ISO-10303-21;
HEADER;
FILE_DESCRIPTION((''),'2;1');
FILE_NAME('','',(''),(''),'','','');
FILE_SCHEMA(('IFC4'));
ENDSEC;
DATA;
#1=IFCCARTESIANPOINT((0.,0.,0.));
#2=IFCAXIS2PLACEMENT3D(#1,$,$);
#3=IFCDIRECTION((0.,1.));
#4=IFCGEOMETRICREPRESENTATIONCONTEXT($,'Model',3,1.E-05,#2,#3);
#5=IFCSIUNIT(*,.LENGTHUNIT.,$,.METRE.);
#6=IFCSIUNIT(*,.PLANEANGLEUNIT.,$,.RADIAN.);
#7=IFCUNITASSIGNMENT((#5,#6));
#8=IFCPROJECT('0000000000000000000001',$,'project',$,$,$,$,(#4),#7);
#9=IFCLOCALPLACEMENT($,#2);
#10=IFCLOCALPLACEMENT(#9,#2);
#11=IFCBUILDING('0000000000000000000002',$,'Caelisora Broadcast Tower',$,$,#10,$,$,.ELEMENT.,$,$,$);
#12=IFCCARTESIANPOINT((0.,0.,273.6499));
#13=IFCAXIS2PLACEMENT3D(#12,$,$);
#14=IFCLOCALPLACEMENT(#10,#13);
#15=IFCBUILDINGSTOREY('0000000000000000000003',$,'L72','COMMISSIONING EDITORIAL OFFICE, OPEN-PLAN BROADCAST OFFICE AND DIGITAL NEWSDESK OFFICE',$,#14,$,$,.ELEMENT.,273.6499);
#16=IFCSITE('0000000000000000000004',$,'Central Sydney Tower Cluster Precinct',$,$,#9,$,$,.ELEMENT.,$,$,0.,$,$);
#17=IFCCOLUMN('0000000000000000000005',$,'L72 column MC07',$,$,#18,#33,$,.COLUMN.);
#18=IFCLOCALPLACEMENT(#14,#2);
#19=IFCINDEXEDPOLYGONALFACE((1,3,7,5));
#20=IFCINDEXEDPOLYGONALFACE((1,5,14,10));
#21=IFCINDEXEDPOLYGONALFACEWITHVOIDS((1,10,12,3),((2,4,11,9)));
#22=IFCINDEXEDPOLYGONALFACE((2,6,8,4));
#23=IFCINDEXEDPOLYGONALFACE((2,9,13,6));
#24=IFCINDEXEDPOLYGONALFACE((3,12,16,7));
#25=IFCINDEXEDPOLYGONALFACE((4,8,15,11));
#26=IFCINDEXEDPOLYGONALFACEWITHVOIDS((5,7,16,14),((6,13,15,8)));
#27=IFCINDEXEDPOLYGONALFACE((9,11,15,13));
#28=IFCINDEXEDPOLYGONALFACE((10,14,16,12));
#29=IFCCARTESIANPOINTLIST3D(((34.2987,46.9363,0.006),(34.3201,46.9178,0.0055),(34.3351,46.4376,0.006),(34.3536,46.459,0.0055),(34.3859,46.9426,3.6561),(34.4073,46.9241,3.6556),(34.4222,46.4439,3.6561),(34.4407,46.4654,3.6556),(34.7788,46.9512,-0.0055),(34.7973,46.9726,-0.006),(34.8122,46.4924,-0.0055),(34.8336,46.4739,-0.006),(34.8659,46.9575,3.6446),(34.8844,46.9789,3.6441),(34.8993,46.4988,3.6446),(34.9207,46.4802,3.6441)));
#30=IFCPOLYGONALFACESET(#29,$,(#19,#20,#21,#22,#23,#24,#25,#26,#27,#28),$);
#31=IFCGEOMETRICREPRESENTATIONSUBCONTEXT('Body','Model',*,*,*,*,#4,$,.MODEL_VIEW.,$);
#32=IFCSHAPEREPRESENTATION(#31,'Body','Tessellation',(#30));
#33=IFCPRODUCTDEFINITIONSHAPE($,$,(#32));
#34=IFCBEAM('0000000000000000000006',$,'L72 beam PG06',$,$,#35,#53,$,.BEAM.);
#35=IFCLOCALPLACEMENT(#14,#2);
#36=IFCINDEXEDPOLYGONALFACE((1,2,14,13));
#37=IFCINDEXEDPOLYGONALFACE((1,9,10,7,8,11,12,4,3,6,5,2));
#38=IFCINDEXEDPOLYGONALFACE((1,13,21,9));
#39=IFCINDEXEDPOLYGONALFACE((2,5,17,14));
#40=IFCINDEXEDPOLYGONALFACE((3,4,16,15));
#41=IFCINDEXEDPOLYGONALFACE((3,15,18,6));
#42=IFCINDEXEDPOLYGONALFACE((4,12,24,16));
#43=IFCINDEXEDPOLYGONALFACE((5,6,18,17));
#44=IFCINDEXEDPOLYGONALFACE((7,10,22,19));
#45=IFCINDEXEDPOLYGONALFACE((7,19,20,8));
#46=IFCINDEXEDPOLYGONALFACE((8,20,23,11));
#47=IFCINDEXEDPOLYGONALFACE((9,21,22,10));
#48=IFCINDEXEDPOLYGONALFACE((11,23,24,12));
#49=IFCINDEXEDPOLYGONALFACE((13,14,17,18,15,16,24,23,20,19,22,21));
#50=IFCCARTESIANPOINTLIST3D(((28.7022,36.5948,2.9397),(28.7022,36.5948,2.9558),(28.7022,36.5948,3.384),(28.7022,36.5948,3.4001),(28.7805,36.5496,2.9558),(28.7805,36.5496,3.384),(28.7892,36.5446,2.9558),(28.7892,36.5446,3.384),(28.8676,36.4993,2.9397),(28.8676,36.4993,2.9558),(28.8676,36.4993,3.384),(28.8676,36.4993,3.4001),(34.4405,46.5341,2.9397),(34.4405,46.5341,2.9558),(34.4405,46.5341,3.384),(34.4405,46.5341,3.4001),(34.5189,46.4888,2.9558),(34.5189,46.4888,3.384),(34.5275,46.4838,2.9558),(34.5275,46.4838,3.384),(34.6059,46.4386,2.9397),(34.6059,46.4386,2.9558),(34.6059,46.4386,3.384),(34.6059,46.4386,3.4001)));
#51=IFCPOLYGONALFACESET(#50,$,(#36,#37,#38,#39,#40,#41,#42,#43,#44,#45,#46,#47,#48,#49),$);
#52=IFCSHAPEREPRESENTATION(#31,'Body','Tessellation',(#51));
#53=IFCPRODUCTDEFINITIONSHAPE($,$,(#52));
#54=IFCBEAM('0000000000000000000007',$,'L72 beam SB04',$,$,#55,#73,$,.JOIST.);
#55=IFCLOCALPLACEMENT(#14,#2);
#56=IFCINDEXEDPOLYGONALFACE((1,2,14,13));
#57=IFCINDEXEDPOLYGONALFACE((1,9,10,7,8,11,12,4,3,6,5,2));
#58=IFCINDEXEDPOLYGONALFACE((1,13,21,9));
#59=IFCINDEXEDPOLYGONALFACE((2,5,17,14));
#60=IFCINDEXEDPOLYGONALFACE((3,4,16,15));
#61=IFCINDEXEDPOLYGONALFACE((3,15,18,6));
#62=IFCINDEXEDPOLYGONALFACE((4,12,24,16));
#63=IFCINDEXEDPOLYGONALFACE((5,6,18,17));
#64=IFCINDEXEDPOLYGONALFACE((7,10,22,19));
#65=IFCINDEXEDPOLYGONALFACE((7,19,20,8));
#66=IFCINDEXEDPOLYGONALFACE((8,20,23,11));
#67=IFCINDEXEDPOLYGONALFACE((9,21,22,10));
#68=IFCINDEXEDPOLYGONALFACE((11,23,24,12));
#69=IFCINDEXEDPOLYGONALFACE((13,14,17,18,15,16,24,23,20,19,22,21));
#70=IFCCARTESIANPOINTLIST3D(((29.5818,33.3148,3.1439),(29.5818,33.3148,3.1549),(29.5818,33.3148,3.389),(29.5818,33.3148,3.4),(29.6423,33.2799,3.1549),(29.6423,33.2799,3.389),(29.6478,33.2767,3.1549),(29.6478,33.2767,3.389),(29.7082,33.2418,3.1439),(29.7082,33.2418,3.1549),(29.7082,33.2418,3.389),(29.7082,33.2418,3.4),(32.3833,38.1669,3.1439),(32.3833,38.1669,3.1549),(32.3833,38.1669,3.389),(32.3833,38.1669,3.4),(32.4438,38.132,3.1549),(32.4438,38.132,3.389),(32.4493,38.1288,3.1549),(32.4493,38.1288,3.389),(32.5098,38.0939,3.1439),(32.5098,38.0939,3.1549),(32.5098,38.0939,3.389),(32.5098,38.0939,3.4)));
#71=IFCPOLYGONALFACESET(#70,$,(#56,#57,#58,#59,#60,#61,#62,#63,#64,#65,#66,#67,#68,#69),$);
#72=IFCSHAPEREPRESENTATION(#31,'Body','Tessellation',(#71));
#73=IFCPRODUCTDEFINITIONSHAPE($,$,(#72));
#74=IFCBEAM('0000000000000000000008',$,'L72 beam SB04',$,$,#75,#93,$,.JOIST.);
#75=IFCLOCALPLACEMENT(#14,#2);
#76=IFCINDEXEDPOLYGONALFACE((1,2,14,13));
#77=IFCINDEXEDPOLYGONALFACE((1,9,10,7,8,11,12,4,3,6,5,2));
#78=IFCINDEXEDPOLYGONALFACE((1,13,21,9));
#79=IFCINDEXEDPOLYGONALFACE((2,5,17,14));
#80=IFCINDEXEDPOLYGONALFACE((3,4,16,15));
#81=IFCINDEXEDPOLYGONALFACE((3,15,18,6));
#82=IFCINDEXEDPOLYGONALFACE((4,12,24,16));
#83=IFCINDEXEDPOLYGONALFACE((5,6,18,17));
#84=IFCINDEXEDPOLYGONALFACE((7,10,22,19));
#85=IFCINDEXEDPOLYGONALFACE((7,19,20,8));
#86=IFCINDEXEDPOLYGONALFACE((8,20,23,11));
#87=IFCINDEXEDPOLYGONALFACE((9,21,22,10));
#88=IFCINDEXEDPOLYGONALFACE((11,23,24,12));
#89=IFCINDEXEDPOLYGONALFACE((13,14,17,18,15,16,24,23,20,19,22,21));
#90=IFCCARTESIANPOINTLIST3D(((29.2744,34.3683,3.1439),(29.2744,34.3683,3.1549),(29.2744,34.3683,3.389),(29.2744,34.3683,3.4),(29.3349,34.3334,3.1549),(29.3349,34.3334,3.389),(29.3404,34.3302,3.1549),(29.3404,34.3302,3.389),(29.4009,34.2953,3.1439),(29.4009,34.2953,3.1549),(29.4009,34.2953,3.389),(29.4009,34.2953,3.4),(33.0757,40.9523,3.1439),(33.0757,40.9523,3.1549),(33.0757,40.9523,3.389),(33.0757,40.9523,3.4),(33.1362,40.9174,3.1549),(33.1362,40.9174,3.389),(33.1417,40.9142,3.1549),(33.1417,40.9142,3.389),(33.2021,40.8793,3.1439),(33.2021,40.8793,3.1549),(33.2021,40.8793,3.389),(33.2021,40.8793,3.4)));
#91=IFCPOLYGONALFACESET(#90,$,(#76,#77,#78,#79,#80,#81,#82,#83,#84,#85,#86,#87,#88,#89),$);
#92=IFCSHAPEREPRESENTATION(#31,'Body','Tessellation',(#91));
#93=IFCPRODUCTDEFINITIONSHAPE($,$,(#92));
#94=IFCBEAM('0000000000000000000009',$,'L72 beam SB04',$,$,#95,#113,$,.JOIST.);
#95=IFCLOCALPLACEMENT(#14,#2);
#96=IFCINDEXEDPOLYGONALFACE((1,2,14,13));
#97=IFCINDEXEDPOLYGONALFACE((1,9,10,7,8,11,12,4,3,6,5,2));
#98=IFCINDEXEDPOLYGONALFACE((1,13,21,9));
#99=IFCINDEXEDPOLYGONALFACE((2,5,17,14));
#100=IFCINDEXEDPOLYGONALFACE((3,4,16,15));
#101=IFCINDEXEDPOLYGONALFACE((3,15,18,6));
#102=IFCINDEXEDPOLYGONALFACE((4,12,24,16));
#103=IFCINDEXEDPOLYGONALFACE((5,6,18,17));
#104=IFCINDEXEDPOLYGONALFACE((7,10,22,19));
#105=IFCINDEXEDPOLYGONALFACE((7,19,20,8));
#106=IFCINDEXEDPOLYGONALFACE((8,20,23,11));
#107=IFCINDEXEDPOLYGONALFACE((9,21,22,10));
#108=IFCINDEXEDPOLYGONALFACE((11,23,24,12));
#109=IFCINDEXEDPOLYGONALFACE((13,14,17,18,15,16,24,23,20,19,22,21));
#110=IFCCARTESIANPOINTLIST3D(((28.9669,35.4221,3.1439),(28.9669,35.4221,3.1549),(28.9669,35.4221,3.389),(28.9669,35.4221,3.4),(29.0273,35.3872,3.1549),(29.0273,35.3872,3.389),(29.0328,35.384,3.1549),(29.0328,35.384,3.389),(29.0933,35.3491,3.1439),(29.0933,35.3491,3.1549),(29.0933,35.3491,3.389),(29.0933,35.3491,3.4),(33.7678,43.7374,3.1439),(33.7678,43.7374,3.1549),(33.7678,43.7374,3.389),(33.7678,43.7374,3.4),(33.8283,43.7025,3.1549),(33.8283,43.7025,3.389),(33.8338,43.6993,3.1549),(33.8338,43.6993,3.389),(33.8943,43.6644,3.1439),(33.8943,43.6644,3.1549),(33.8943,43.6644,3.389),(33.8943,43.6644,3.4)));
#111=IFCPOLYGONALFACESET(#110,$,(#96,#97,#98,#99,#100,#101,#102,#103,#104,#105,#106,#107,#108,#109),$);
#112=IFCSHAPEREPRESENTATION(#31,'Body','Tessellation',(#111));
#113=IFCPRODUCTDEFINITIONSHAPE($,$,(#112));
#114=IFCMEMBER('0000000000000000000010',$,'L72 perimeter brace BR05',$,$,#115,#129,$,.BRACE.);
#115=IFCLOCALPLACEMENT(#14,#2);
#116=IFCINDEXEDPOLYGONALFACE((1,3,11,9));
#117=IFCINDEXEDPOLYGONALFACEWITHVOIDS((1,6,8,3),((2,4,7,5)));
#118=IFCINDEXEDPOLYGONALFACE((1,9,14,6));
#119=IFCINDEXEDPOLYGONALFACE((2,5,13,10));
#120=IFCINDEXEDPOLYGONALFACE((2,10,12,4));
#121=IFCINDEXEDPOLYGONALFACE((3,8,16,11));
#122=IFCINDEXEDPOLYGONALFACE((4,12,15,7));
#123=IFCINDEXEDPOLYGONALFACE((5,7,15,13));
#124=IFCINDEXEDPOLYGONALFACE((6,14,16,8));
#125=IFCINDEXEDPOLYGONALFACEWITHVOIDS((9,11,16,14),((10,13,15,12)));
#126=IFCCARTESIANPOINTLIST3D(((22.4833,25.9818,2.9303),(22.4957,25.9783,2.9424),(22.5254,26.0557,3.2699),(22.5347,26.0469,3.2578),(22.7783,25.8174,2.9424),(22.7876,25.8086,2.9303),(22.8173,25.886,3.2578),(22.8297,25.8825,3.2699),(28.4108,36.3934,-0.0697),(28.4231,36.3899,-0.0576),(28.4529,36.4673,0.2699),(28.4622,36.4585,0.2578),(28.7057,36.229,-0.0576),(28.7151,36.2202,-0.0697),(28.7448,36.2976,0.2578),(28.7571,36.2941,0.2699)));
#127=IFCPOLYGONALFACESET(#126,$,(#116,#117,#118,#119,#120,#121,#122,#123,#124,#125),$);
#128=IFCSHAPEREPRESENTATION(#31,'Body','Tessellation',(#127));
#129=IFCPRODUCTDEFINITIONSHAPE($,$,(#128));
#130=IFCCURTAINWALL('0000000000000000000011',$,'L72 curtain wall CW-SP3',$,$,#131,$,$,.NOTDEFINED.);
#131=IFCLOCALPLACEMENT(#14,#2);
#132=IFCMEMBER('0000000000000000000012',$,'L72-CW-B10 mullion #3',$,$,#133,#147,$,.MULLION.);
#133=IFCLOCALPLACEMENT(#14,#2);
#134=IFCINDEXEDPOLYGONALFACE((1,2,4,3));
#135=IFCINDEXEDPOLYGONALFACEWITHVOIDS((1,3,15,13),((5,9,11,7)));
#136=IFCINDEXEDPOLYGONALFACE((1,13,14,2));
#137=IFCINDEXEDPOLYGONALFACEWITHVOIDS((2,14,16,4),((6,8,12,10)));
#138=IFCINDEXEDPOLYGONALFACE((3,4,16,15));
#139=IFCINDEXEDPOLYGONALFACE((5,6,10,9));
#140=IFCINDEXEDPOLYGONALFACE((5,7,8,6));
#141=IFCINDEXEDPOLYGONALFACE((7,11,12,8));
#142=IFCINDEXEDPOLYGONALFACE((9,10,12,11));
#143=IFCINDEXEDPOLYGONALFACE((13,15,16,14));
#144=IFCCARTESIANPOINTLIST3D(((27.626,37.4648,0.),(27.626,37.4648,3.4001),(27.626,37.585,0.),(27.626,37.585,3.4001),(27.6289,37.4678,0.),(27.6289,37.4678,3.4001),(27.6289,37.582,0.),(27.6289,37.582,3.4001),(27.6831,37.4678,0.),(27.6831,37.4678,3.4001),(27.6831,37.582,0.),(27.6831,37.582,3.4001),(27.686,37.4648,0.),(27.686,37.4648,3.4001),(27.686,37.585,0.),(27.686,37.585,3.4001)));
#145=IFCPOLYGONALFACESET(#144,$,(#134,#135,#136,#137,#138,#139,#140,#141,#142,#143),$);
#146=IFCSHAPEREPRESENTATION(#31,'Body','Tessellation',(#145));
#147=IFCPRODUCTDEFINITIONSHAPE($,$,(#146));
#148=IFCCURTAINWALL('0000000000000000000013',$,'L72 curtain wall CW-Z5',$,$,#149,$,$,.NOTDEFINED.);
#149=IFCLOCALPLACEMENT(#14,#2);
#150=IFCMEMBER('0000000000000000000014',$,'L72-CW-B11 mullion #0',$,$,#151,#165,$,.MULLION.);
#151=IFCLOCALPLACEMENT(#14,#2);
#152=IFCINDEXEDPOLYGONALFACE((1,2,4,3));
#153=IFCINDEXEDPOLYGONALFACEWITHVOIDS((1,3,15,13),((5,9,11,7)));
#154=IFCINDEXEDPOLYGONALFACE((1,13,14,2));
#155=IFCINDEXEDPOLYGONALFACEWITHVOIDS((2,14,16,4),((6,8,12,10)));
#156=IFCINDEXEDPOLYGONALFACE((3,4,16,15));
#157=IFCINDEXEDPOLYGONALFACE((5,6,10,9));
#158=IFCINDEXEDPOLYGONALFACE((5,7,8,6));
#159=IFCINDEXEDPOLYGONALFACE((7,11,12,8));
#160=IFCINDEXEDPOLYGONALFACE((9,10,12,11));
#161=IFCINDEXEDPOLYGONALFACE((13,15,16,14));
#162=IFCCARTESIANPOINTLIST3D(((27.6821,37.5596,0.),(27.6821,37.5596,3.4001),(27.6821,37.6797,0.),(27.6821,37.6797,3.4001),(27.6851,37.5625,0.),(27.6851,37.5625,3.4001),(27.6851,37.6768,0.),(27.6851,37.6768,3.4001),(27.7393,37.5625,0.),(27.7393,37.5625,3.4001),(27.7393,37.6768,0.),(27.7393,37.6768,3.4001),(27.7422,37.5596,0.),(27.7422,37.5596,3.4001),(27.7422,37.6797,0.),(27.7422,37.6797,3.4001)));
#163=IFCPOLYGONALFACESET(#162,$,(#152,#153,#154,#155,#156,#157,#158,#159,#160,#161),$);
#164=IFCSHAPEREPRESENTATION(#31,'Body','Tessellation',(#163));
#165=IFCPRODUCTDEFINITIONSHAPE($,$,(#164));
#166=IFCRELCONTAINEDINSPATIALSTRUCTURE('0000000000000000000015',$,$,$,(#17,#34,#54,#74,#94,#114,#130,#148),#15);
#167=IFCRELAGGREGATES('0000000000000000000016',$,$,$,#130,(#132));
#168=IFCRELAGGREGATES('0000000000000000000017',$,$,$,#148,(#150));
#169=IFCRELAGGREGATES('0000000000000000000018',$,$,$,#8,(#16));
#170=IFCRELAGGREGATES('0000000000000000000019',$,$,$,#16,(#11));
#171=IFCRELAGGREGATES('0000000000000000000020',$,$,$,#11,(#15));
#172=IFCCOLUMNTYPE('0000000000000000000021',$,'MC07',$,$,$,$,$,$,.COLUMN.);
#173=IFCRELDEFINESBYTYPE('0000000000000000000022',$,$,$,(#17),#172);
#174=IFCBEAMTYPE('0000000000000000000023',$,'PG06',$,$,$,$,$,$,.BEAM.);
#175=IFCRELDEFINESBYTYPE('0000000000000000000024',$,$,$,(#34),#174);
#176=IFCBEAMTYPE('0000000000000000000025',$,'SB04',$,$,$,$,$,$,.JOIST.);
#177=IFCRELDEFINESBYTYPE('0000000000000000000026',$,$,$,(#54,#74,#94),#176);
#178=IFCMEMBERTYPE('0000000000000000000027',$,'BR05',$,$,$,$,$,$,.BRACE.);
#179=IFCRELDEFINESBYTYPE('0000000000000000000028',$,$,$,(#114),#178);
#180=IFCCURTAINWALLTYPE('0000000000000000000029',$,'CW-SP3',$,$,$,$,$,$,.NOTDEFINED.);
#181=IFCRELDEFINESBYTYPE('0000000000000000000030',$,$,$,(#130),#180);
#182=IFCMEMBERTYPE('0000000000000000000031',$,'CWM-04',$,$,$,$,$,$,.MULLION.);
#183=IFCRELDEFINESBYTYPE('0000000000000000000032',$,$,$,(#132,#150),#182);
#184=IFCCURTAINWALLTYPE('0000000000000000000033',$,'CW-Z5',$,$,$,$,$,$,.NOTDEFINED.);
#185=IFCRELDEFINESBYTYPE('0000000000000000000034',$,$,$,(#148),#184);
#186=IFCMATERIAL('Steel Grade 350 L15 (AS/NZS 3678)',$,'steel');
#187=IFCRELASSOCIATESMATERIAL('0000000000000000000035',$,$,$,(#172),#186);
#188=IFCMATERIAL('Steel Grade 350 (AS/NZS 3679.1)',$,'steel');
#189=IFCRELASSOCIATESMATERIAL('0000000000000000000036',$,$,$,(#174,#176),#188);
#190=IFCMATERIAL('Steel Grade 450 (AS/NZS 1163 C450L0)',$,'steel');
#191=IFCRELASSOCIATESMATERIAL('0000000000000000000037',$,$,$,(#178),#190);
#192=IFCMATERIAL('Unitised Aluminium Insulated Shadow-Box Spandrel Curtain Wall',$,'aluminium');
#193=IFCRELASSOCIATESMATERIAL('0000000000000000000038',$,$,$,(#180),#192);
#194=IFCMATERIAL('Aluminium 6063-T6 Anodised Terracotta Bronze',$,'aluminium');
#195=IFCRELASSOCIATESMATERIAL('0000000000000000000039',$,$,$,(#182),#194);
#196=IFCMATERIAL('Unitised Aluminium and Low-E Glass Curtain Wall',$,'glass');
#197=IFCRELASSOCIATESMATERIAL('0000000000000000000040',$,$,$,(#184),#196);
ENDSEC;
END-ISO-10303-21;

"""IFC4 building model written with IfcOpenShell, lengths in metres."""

from ifc_helpers import new_model, si_unit, direction, frame, origin, origin_2d, place, context, subcontext, project, spatial, hollow_rectangle, i_section, extrude, source, transform, mapped, material, material_profile, profile_set, type_object, type_shapes, element, aggregate, save


model = new_model("IFC4")

# Units and contexts
model_context = context("Model", 3, precision=1e-05, world=origin(), true_north=direction((0.0, 1.0)))
body_context = subcontext(model_context, "Body", "Model", "MODEL_VIEW")
ifc_project = project(units=[si_unit("LENGTHUNIT", "METRE"), si_unit("PLANEANGLEUNIT", "RADIAN")], contexts=[model_context])

# Site, building, storey
site_placement = place(None, origin())
site = spatial("IfcSite", under=ifc_project, at=site_placement, Name="Central Sydney Tower Cluster Precinct", CompositionType="ELEMENT", RefElevation=0.0)
building_placement = place(site_placement, origin())
building = spatial("IfcBuilding", under=site, at=building_placement, Name="Caelisora Broadcast Tower", CompositionType="ELEMENT")
storey_placement = place(building_placement, frame((0.0, 0.0, 273.6499)))
storey = spatial("IfcBuildingStorey", under=building, at=storey_placement, Name="L72", Description="COMMISSIONING EDITORIAL OFFICE, OPEN-PLAN BROADCAST OFFICE AND DIGITAL NEWSDESK OFFICE", CompositionType="ELEMENT", Elevation=273.6499)

# Column
ifc_material_1 = material(Name="Steel Grade 350 L15 (AS/NZS 3678)", Category="steel")
ifc_material_profile_1 = material_profile(ifc_material_1, hollow_rectangle(XDim=0.5, YDim=0.5, WallThickness=0.02, at=origin_2d()), Name="Steel Grade 350 L15 (AS/NZS 3678)")
ifc_profile_set_1 = profile_set([ifc_material_profile_1], Name="Steel Grade 350 L15 (AS/NZS 3678)")
column_type = type_object("IfcColumnType", Name="MC07", PredefinedType="COLUMN", material=ifc_profile_set_1)
shared_shape_1 = source(origin(), body_context, "Body", "SweptSolid", [
    extrude(hollow_rectangle(XDim=0.5, YDim=0.5, WallThickness=0.02, at=origin_2d()), origin(), (0.0, 0.0, 1.0), 3.6511),
])
type_shapes(column_type, [shared_shape_1])
column_placement = place(storey_placement, frame((34.5662, 46.7051, 0.0), z_axis=(0.023871, 0.001739, 0.999714), x_axis=(-0.072637, 0.997358, 0.0)))
element("IfcColumn", 1, at=column_placement, inside=storey, type_object=column_type, Name="L72 column MC07", PredefinedType="COLUMN", context=body_context, shape_type="MappedRepresentation", body=[
    mapped(shared_shape_1, transform((0.0, 0.0, 0.0), scale=1.0)),
])

# Beams
ifc_material_2 = material(Name="Steel Grade 350 (AS/NZS 3679.1)", Category="steel")
ifc_material_profile_2 = material_profile(ifc_material_2, i_section(OverallWidth=0.1909, OverallDepth=0.4604, WebThickness=0.01, FlangeThickness=0.0161, at=origin_2d()), Name="Steel Grade 350 (AS/NZS 3679.1)")
ifc_profile_set_2 = profile_set([ifc_material_profile_2], Name="Steel Grade 350 (AS/NZS 3679.1)")
beam_type_1 = type_object("IfcBeamType", Name="PG06", PredefinedType="BEAM", material=ifc_profile_set_2)
shared_shape_2 = source(origin(), body_context, "Body", "SweptSolid", [
    extrude(i_section(OverallWidth=0.1909, OverallDepth=0.4604, WebThickness=0.01, FlangeThickness=0.0161, at=origin_2d()), origin(), (0.0, 0.0, 1.0), 11.4768),
])
type_shapes(beam_type_1, [shared_shape_2])
beam_1_placement = place(storey_placement, frame((34.5232, 46.4863, 3.1699), z_axis=(-0.499992, -0.86603, 0.0), x_axis=(0.86603, -0.499992, 0.0)))
element("IfcBeam", 2, at=beam_1_placement, inside=storey, type_object=beam_type_1, Name="L72 beam PG06", PredefinedType="BEAM", context=body_context, shape_type="MappedRepresentation", body=[
    mapped(shared_shape_2, transform((0.0, 0.0, 0.0), scale=1.0)),
])
ifc_material_profile_3 = material_profile(ifc_material_2, i_section(OverallWidth=0.146, OverallDepth=0.2561, WebThickness=0.0063, FlangeThickness=0.011, at=origin_2d()), Name="Steel Grade 350 (AS/NZS 3679.1)")
ifc_profile_set_3 = profile_set([ifc_material_profile_3], Name="Steel Grade 350 (AS/NZS 3679.1)")
beam_type_2 = type_object("IfcBeamType", Name="SB04", PredefinedType="JOIST", material=ifc_profile_set_3)
shared_shape_3 = source(origin(), body_context, "Body", "SweptSolid", [
    extrude(i_section(OverallWidth=0.146, OverallDepth=0.2561, WebThickness=0.0063, FlangeThickness=0.011, at=origin_2d()), origin(), (0.0, 0.0, 1.0), 5.6028),
])
beam_2_placement = place(storey_placement, frame((32.4465, 38.1304, 3.272), z_axis=(-0.500024, -0.866011, 0.0), x_axis=(0.866011, -0.500024, 0.0)))
element("IfcBeam", 3, at=beam_2_placement, inside=storey, type_object=beam_type_2, Name="L72 beam SB04", PredefinedType="JOIST", context=body_context, shape_type="MappedRepresentation", body=[
    mapped(shared_shape_3, transform((0.0, 0.0, 0.0), scale=1.0)),
])
shared_shape_4 = source(origin(), body_context, "Body", "SweptSolid", [
    extrude(i_section(OverallWidth=0.146, OverallDepth=0.2561, WebThickness=0.0063, FlangeThickness=0.011, at=origin_2d()), origin(), (0.0, 0.0, 1.0), 7.6025),
])
beam_3_placement = place(storey_placement, frame((33.1389, 40.9158, 3.272), z_axis=(-0.5, -0.866025, 0.0), x_axis=(0.866025, -0.5, 0.0)))
element("IfcBeam", 4, at=beam_3_placement, inside=storey, type_object=beam_type_2, Name="L72 beam SB04", PredefinedType="JOIST", context=body_context, shape_type="MappedRepresentation", body=[
    mapped(shared_shape_4, transform((0.0, 0.0, 0.0), scale=1.0)),
])
shared_shape_5 = source(origin(), body_context, "Body", "SweptSolid", [
    extrude(i_section(OverallWidth=0.146, OverallDepth=0.2561, WebThickness=0.0063, FlangeThickness=0.011, at=origin_2d()), origin(), (0.0, 0.0, 1.0), 9.6018),
])
type_shapes(beam_type_2, [shared_shape_3, shared_shape_4, shared_shape_5])
beam_4_placement = place(storey_placement, frame((33.8311, 43.7009, 3.272), z_axis=(-0.500009, -0.86602, 0.0), x_axis=(0.86602, -0.500009, 0.0)))
element("IfcBeam", 5, at=beam_4_placement, inside=storey, type_object=beam_type_2, Name="L72 beam SB04", PredefinedType="JOIST", context=body_context, shape_type="MappedRepresentation", body=[
    mapped(shared_shape_5, transform((0.0, 0.0, 0.0), scale=1.0)),
])

# Member
ifc_material_3 = material(Name="Steel Grade 450 (AS/NZS 1163 C450L0)", Category="steel")
ifc_material_profile_4 = material_profile(ifc_material_3, hollow_rectangle(XDim=0.3501, YDim=0.3501, WallThickness=0.0125, at=origin_2d()), Name="Steel Grade 450 (AS/NZS 1163 C450L0)")
ifc_profile_set_4 = profile_set([ifc_material_profile_4], Name="Steel Grade 450 (AS/NZS 1163 C450L0)")
member_type_1 = type_object("IfcMemberType", Name="BR05", PredefinedType="BRACE", material=ifc_profile_set_4)
shared_shape_6 = source(origin(), body_context, "Body", "SweptSolid", [
    extrude(hollow_rectangle(XDim=0.3501, YDim=0.3501, WallThickness=0.0125, at=origin_2d()), origin(), (0.0, 0.0, 1.0), 12.3506),
])
type_shapes(member_type_1, [shared_shape_6])
member_1_placement = place(storey_placement, frame((28.584, 36.3438, 0.1001), z_axis=(-0.479936, -0.843006, 0.242903), x_axis=(0.869033, -0.494754, 0.0)))
element("IfcMember", 6, at=member_1_placement, inside=storey, type_object=member_type_1, Name="L72 perimeter brace BR05", PredefinedType="BRACE", context=body_context, shape_type="MappedRepresentation", body=[
    mapped(shared_shape_6, transform((0.0, 0.0, 0.0), scale=1.0)),
])

# Curtain wall, member
ifc_material_4 = material(Name="Unitised Aluminium Insulated Shadow-Box Spandrel Curtain Wall", Category="aluminium")
curtain_wall_type_1 = type_object("IfcCurtainWallType", Name="CW-SP3", PredefinedType="NOTDEFINED", material=ifc_material_4)
curtain_wall_1_placement = place(storey_placement, origin())
curtain_wall_1 = element("IfcCurtainWall", 7, at=curtain_wall_1_placement, inside=storey, type_object=curtain_wall_type_1, Name="L72 curtain wall CW-SP3", PredefinedType="NOTDEFINED")
ifc_material_5 = material(Name="Aluminium 6063-T6 Anodised Terracotta Bronze", Category="aluminium")
ifc_material_profile_5 = material_profile(ifc_material_5, hollow_rectangle(XDim=0.0601, YDim=0.1201, WallThickness=0.0029, at=origin_2d()), Name="Aluminium 6063-T6 Anodised Terracotta Bronze")
ifc_profile_set_5 = profile_set([ifc_material_profile_5], Name="Aluminium 6063-T6 Anodised Terracotta Bronze")
member_type_2 = type_object("IfcMemberType", Name="CWM-04", PredefinedType="MULLION", material=ifc_profile_set_5)
shared_shape_7 = source(origin(), body_context, "Body", "SweptSolid", [
    extrude(hollow_rectangle(XDim=0.0601, YDim=0.1201, WallThickness=0.0029, at=origin_2d()), origin(), (0.0, 0.0, 1.0), 3.4001),
])
type_shapes(member_type_2, [shared_shape_7])
member_2_placement = place(storey_placement, frame((27.656, 37.5249, 0.0), z_axis=(0.0, 0.0, 1.0), x_axis=(1.0, 0.0, 0.0)))
member_2 = element("IfcMember", 8, at=member_2_placement, type_object=member_type_2, Name="L72-CW-B10 mullion #3", PredefinedType="MULLION", context=body_context, shape_type="MappedRepresentation", body=[
    mapped(shared_shape_7, transform((0.0, 0.0, 0.0), scale=1.0)),
])
aggregate(curtain_wall_1, [member_2])

# Curtain wall, member
ifc_material_6 = material(Name="Unitised Aluminium and Low-E Glass Curtain Wall", Category="glass")
curtain_wall_type_2 = type_object("IfcCurtainWallType", Name="CW-Z5", PredefinedType="NOTDEFINED", material=ifc_material_6)
curtain_wall_2_placement = place(storey_placement, origin())
curtain_wall_2 = element("IfcCurtainWall", 9, at=curtain_wall_2_placement, inside=storey, type_object=curtain_wall_type_2, Name="L72 curtain wall CW-Z5", PredefinedType="NOTDEFINED")
member_3_placement = place(storey_placement, frame((27.7122, 37.6196, 0.0), z_axis=(0.0, 0.0, 1.0), x_axis=(1.0, 0.0, 0.0)))
member_3 = element("IfcMember", 10, at=member_3_placement, type_object=member_type_2, Name="L72-CW-B11 mullion #0", PredefinedType="MULLION", context=body_context, shape_type="MappedRepresentation", body=[
    mapped(shared_shape_7, transform((0.0, 0.0, 0.0), scale=1.0)),
])

aggregate(curtain_wall_2, [member_3])

save(model, "model.ifc")
